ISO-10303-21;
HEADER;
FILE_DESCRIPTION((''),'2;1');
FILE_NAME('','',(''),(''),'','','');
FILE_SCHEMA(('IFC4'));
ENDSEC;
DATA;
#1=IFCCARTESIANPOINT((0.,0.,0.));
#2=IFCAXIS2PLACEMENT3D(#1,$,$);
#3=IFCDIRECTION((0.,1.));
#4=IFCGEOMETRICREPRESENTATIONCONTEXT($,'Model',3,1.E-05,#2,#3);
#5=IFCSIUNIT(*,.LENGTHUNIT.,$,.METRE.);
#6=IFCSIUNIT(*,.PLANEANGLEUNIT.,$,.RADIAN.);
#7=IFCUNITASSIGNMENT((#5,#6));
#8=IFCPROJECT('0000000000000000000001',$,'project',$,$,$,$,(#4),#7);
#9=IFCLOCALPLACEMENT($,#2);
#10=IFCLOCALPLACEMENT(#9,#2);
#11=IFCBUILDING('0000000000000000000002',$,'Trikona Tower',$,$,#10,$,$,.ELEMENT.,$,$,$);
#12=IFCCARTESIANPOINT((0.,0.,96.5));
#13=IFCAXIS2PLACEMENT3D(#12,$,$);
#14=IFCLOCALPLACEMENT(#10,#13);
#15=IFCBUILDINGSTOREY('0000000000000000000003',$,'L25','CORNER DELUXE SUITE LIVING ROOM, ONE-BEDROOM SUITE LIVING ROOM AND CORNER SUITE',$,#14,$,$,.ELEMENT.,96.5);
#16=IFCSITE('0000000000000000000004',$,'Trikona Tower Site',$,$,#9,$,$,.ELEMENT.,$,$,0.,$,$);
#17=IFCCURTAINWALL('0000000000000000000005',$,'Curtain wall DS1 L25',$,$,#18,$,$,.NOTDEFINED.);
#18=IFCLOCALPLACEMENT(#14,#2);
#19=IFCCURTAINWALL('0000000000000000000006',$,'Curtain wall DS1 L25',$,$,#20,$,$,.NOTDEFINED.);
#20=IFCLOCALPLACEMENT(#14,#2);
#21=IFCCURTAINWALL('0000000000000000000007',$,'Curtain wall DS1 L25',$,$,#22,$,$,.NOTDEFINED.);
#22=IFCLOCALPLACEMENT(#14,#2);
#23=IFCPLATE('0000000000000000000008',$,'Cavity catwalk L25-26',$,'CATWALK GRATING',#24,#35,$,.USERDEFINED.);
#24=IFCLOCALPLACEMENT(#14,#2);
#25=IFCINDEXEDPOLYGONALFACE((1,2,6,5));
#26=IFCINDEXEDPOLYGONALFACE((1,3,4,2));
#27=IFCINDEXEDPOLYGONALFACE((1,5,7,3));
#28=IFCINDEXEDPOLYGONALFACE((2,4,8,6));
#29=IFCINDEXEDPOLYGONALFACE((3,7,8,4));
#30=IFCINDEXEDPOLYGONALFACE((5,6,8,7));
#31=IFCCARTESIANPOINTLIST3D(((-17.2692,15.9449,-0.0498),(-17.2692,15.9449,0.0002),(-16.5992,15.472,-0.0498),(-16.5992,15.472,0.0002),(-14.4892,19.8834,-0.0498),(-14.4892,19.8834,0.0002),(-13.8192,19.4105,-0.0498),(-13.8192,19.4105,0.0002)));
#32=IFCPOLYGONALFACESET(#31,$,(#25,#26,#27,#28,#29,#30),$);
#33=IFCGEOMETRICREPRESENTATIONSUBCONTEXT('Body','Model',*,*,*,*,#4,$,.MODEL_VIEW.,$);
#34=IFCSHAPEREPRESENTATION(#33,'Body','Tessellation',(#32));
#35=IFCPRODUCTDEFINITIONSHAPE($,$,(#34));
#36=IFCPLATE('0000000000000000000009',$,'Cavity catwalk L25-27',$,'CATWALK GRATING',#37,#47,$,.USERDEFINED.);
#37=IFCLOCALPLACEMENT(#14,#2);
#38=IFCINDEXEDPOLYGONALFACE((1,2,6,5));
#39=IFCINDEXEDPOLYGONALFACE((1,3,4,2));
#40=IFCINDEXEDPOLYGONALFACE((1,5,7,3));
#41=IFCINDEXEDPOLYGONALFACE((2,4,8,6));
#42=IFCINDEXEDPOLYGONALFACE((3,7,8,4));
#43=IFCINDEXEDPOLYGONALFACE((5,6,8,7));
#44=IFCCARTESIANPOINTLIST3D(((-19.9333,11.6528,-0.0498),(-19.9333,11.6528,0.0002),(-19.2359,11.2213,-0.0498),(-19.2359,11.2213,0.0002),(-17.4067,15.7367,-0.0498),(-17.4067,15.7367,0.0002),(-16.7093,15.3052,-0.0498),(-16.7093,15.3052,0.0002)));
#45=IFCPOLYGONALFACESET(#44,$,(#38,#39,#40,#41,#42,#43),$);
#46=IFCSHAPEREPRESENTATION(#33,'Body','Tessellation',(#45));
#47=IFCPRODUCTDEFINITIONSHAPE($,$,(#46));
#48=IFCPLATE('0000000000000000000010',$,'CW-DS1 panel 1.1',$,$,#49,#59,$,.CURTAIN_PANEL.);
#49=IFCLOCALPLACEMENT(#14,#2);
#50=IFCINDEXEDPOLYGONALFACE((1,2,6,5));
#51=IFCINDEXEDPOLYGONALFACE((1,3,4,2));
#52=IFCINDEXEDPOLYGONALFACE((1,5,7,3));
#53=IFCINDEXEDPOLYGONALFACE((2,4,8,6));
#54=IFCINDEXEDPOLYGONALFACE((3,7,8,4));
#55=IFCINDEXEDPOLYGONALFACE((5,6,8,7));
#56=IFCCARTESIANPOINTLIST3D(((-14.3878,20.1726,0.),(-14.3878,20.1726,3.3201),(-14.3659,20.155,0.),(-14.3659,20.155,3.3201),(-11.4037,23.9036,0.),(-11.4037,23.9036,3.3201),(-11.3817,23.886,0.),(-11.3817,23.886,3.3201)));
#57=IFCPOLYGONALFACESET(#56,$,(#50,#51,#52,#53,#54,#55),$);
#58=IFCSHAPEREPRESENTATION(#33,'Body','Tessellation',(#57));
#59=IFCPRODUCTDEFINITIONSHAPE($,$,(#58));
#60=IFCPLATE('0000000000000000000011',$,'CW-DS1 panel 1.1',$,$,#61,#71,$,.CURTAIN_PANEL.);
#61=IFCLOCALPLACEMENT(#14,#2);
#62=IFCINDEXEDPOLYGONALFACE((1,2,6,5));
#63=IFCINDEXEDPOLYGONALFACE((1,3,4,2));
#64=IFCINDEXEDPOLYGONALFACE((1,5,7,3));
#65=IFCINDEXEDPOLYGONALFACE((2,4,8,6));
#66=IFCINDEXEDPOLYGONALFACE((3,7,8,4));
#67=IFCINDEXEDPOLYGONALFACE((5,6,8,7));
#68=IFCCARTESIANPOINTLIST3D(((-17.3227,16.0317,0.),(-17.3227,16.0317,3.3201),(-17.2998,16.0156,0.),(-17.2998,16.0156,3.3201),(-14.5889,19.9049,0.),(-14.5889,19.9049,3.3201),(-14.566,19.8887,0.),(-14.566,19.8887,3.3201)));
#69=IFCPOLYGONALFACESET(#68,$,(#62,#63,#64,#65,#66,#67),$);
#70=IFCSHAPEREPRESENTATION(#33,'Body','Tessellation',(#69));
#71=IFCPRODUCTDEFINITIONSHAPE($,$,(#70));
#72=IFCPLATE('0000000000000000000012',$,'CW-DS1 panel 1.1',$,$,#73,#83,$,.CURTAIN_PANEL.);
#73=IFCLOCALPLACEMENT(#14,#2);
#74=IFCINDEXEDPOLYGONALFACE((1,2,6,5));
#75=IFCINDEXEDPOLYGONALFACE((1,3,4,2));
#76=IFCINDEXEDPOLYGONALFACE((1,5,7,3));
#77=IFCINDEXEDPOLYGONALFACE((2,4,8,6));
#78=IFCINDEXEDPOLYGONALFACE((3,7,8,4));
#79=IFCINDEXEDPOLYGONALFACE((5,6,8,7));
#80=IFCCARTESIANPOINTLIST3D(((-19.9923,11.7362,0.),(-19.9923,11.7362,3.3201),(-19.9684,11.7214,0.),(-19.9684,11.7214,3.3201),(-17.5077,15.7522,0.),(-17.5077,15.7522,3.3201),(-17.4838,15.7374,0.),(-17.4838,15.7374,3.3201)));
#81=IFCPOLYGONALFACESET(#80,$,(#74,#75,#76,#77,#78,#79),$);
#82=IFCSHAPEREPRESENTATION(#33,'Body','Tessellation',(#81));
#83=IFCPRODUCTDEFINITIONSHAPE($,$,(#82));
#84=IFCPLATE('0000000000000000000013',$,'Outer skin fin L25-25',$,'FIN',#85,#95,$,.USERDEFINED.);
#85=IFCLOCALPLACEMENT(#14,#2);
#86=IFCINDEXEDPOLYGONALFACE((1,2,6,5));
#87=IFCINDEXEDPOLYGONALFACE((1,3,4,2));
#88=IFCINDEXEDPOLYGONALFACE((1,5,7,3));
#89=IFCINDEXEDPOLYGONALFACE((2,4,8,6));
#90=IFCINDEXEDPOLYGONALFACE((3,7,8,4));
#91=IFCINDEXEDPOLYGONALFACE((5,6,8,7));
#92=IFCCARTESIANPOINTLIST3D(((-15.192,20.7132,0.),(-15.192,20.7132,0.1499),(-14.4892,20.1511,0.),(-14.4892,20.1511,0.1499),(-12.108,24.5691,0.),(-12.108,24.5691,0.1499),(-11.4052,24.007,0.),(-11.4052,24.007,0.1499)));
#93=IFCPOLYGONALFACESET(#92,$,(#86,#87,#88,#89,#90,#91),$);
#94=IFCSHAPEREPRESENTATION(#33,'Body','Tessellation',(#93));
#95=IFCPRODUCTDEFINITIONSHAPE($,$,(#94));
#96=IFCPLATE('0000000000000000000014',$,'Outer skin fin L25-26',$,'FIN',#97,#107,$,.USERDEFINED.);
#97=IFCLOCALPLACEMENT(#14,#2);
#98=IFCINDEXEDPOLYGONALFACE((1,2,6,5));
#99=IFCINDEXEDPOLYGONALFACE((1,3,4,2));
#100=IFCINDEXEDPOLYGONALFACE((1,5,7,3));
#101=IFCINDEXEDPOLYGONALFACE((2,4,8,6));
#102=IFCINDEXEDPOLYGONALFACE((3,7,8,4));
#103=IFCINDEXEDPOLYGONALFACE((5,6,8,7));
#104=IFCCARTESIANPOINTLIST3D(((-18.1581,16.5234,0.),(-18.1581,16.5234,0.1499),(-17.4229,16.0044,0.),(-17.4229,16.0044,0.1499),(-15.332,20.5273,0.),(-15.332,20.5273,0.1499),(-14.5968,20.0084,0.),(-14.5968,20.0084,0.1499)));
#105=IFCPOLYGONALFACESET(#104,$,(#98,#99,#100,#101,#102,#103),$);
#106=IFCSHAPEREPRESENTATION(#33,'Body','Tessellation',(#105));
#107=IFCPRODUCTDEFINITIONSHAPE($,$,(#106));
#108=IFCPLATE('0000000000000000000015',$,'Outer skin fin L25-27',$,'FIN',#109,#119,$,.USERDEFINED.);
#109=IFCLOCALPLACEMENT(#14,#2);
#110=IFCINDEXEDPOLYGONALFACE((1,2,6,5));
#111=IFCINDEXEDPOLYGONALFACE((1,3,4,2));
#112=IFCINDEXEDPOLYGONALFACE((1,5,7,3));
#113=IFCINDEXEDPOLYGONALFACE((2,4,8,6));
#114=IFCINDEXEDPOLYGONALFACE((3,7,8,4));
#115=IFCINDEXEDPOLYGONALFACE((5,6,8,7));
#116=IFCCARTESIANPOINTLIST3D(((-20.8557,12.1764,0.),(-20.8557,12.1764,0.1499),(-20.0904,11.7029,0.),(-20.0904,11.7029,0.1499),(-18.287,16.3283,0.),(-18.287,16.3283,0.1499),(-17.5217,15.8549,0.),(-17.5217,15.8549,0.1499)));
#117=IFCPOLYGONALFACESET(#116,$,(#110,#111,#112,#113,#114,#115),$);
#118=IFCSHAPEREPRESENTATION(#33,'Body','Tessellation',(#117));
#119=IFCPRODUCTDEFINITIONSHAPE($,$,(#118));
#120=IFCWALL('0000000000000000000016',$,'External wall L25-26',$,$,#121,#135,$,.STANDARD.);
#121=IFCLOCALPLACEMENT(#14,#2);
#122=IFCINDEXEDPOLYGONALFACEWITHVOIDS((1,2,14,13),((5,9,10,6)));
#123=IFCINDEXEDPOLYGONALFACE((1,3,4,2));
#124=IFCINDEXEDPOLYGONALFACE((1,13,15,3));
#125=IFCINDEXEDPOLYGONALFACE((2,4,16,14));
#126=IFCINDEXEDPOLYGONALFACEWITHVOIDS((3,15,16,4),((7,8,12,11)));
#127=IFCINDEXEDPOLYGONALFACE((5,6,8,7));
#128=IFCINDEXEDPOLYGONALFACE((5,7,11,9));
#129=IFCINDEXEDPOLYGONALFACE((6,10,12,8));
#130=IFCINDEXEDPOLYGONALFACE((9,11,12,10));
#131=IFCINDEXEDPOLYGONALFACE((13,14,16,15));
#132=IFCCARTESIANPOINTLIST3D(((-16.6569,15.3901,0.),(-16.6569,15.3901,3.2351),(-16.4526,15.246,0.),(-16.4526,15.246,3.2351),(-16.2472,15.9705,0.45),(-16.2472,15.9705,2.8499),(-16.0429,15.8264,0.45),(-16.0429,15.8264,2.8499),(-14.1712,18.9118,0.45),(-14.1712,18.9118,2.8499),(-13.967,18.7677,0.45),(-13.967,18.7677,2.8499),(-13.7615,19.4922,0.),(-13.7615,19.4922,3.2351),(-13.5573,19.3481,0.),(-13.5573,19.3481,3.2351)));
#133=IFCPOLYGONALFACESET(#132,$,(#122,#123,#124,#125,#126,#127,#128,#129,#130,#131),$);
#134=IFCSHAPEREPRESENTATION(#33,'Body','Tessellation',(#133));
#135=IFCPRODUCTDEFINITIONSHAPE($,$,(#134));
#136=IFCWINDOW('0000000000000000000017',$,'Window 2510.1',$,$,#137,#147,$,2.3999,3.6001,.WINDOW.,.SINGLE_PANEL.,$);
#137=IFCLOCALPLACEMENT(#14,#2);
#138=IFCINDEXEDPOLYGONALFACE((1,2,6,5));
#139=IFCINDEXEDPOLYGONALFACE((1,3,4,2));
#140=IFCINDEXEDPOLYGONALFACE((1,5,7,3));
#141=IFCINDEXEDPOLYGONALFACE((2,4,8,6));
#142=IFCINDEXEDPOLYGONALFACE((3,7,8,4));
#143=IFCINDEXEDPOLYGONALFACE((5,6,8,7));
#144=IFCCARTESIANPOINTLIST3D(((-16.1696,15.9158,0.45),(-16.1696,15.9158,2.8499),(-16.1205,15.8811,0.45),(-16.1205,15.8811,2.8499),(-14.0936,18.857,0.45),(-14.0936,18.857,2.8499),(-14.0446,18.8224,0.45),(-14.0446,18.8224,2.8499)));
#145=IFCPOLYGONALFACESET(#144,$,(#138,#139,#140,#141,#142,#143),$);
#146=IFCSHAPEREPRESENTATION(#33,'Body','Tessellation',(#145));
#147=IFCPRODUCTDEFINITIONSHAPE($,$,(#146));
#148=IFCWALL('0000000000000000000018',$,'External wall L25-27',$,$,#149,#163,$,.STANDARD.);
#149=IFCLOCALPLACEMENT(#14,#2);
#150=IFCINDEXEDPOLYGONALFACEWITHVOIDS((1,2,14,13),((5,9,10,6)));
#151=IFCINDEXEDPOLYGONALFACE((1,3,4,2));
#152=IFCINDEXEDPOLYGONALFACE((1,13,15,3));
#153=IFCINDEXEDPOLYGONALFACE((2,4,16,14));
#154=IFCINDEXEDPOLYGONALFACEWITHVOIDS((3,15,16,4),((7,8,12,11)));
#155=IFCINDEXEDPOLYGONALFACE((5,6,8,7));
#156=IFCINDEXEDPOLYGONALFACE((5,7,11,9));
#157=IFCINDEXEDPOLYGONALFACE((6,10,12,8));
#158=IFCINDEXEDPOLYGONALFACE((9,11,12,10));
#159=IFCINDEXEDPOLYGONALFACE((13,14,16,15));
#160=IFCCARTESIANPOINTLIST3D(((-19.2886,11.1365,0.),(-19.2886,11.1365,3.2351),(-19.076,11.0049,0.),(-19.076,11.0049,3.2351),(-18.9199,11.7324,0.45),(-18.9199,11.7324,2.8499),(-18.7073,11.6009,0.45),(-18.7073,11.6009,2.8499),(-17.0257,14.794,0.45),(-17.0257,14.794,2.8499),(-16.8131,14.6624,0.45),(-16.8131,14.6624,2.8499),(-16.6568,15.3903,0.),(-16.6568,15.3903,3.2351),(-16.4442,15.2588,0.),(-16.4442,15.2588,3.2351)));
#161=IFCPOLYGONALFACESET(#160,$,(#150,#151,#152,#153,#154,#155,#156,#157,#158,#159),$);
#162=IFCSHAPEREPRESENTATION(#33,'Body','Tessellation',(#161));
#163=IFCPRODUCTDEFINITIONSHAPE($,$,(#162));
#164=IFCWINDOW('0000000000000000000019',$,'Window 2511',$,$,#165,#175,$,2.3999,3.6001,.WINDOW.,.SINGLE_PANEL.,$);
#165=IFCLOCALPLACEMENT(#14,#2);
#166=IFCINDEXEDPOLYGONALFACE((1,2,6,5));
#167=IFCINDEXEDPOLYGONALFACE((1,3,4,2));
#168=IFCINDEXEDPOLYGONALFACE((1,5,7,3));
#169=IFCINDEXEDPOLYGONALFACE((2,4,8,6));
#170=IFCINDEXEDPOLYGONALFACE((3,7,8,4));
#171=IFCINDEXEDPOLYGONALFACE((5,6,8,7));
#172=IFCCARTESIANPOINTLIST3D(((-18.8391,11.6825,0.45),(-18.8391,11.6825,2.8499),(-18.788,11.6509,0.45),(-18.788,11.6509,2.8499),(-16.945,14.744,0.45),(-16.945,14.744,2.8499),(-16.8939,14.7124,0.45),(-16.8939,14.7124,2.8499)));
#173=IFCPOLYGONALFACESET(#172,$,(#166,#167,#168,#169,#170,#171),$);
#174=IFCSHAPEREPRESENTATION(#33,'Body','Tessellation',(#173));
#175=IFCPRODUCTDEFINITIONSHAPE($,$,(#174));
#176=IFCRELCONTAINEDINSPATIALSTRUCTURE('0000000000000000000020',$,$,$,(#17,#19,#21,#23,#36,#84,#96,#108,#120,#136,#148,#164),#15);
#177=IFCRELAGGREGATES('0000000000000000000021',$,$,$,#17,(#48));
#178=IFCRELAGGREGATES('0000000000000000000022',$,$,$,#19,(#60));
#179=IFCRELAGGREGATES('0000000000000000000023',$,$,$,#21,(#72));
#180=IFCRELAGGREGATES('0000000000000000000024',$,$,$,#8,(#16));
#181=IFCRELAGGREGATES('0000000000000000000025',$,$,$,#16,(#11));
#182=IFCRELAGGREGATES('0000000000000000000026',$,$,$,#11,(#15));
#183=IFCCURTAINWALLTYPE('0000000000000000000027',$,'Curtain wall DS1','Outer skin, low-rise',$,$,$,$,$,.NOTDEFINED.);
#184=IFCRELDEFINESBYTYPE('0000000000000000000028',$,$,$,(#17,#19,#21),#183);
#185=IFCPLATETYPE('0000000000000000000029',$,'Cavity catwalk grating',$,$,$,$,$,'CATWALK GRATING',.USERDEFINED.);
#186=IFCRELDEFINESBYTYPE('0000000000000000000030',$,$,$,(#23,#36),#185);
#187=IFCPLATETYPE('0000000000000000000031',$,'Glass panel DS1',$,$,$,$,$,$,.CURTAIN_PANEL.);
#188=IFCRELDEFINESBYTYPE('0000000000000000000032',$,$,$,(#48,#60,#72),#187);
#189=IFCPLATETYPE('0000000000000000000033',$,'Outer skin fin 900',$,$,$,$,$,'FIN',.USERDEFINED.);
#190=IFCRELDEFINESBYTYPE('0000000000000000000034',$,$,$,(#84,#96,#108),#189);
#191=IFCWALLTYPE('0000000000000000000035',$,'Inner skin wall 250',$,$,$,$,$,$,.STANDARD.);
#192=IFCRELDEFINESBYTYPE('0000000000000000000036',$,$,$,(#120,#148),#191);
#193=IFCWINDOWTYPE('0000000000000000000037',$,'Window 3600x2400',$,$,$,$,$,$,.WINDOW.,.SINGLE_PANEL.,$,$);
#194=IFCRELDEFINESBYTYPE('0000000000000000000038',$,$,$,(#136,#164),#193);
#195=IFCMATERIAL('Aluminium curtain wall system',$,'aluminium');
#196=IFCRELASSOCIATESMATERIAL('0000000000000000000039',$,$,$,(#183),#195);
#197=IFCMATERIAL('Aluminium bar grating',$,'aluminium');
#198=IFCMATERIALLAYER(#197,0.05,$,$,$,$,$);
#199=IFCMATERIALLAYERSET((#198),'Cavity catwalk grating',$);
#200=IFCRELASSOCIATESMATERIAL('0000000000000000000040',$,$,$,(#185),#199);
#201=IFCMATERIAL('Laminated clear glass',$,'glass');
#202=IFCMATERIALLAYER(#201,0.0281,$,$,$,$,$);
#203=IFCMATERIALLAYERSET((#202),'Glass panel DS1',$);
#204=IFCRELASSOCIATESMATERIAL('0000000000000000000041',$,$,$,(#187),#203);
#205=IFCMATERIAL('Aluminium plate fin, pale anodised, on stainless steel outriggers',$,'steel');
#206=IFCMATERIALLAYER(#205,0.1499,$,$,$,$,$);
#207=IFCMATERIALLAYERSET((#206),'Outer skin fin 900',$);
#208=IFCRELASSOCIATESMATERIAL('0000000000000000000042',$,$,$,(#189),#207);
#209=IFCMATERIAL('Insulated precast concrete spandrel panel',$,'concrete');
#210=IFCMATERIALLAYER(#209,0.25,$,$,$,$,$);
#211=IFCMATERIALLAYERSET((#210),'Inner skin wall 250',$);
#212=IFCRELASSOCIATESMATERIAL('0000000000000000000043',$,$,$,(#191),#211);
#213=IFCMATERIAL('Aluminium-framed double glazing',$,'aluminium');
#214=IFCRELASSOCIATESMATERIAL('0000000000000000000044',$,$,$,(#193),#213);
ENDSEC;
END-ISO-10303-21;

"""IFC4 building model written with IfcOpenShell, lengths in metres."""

from ifc_helpers import new_model, si_unit, direction, frame, frame_2d, origin, origin_2d, place, context, subcontext, project, spatial, rectangle, extrude, material, layer, layer_set, type_object, element, fill, aggregate, save


model = new_model("IFC4")

# Units and contexts
model_context = context("Model", 3, precision=1e-05, world=origin(), true_north=direction((0.0, 1.0)))
body_context = subcontext(model_context, "Body", "Model", "MODEL_VIEW")
ifc_project = project(units=[si_unit("LENGTHUNIT", "METRE"), si_unit("PLANEANGLEUNIT", "RADIAN")], contexts=[model_context])

# Site, building, storey
site_placement = place(None, origin())
site = spatial("IfcSite", under=ifc_project, at=site_placement, Name="Trikona Tower Site", CompositionType="ELEMENT", RefElevation=0.0)
building_placement = place(site_placement, origin())
building = spatial("IfcBuilding", under=site, at=building_placement, Name="Trikona Tower", CompositionType="ELEMENT")
storey_placement = place(building_placement, frame((0.0, 0.0, 96.5)))
storey = spatial("IfcBuildingStorey", under=building, at=storey_placement, Name="L25", Description="CORNER DELUXE SUITE LIVING ROOM, ONE-BEDROOM SUITE LIVING ROOM AND CORNER SUITE", CompositionType="ELEMENT", Elevation=96.5)

# Shared definitions
ifc_material_1 = material(Name="Aluminium curtain wall system", Category="aluminium")
curtain_wall_type = type_object("IfcCurtainWallType", Name="Curtain wall DS1", Description="Outer skin, low-rise", PredefinedType="NOTDEFINED", material=ifc_material_1)

# Curtain walls
curtain_wall_1_placement = place(storey_placement, origin())
curtain_wall_1 = element("IfcCurtainWall", 1, at=curtain_wall_1_placement, inside=storey, type_object=curtain_wall_type, Name="Curtain wall DS1 L25", PredefinedType="NOTDEFINED")
curtain_wall_2_placement = place(storey_placement, origin())
curtain_wall_2 = element("IfcCurtainWall", 2, at=curtain_wall_2_placement, inside=storey, type_object=curtain_wall_type, Name="Curtain wall DS1 L25", PredefinedType="NOTDEFINED")

# Curtain wall
curtain_wall_3_placement = place(storey_placement, origin())
curtain_wall_3 = element("IfcCurtainWall", 3, at=curtain_wall_3_placement, inside=storey, type_object=curtain_wall_type, Name="Curtain wall DS1 L25", PredefinedType="NOTDEFINED")

# Plates
ifc_material_2 = material(Name="Aluminium bar grating", Category="aluminium")
ifc_layer_1 = layer(ifc_material_2, 0.05)
ifc_layer_set_1 = layer_set([ifc_layer_1], Name="Cavity catwalk grating")
plate_type_1 = type_object("IfcPlateType", Name="Cavity catwalk grating", ElementType="CATWALK GRATING", PredefinedType="USERDEFINED", material=ifc_layer_set_1)
plate_1_placement = place(storey_placement, frame((-15.5442, 17.6777, -0.0498), z_axis=(0.0, 0.0, 1.0), x_axis=(-0.576662, -0.816983, 0.0)))
element("IfcPlate", 4, at=plate_1_placement, inside=storey, type_object=plate_type_1, Name="Cavity catwalk L25-26", ObjectType="CATWALK GRATING", PredefinedType="USERDEFINED", context=body_context, shape_type="SweptSolid", body=[
    extrude(rectangle(XDim=4.8208, YDim=0.8201, at=origin_2d()), origin(), (0.0, 0.0, 1.0), 0.05),
])
plate_2_placement = place(storey_placement, frame((-18.3213, 13.479, -0.0498), z_axis=(0.0, 0.0, 1.0), x_axis=(-0.526119, -0.850411, 0.0)))
element("IfcPlate", 5, at=plate_2_placement, inside=storey, type_object=plate_type_1, Name="Cavity catwalk L25-27", ObjectType="CATWALK GRATING", PredefinedType="USERDEFINED", context=body_context, shape_type="SweptSolid", body=[
    extrude(rectangle(XDim=4.8022, YDim=0.8201, at=origin_2d()), origin(), (0.0, 0.0, 1.0), 0.05),
])

# Plates
ifc_material_3 = material(Name="Laminated clear glass", Category="glass")
ifc_layer_2 = layer(ifc_material_3, 0.0281)
ifc_layer_set_2 = layer_set([ifc_layer_2], Name="Glass panel DS1")
plate_type_2 = type_object("IfcPlateType", Name="Glass panel DS1", PredefinedType="CURTAIN_PANEL", material=ifc_layer_set_2)
plate_3_placement = place(storey_placement, frame((-12.8848, 22.0293, 0.0), z_axis=(0.0, 0.0, 1.0), x_axis=(-0.624609, -0.780938, 0.0)))
plate_3 = element("IfcPlate", 6, at=plate_3_placement, type_object=plate_type_2, Name="CW-DS1 panel 1.1", PredefinedType="CURTAIN_PANEL", context=body_context, shape_type="SweptSolid", body=[
    extrude(rectangle(XDim=4.7776, YDim=0.0281, at=origin_2d()), origin(), (0.0, 0.0, 1.0), 3.3201),
])
aggregate(curtain_wall_1, [plate_3])
plate_4_placement = place(storey_placement, frame((-15.9443, 17.9602, 0.0), z_axis=(0.0, 0.0, 1.0), x_axis=(-0.576658, -0.816985, 0.0)))
plate_4 = element("IfcPlate", 7, at=plate_4_placement, type_object=plate_type_2, Name="CW-DS1 panel 1.1", PredefinedType="CURTAIN_PANEL", context=body_context, shape_type="SweptSolid", body=[
    extrude(rectangle(XDim=4.7407, YDim=0.0281, at=origin_2d()), origin(), (0.0, 0.0, 1.0), 3.3201),
])
aggregate(curtain_wall_2, [plate_4])
plate_5_placement = place(storey_placement, frame((-18.738, 13.7368, 0.0), z_axis=(0.0, 0.0, 1.0), x_axis=(-0.52612, -0.85041, 0.0)))
plate_5 = element("IfcPlate", 8, at=plate_5_placement, type_object=plate_type_2, Name="CW-DS1 panel 1.1", PredefinedType="CURTAIN_PANEL", context=body_context, shape_type="SweptSolid", body=[
    extrude(rectangle(XDim=4.7224, YDim=0.0281, at=origin_2d()), origin(), (0.0, 0.0, 1.0), 3.3201),
])
aggregate(curtain_wall_3, [plate_5])

# Plates
ifc_material_4 = material(Name="Aluminium plate fin, pale anodised, on stainless steel outriggers", Category="steel")
ifc_layer_3 = layer(ifc_material_4, 0.1499)
ifc_layer_set_3 = layer_set([ifc_layer_3], Name="Outer skin fin 900")
plate_type_3 = type_object("IfcPlateType", Name="Outer skin fin 900", ElementType="FIN", PredefinedType="USERDEFINED", material=ifc_layer_set_3)
plate_6_placement = place(storey_placement, frame((-13.2986, 22.3601, 0.0), z_axis=(0.0, 0.0, 1.0), x_axis=(-0.624604, -0.780942, 0.0)))
element("IfcPlate", 9, at=plate_6_placement, inside=storey, type_object=plate_type_3, Name="Outer skin fin L25-25", ObjectType="FIN", PredefinedType="USERDEFINED", context=body_context, shape_type="SweptSolid", body=[
    extrude(rectangle(XDim=4.9375, YDim=0.8999, at=origin_2d()), origin(), (0.0, 0.0, 1.0), 0.1499),
])
plate_7_placement = place(storey_placement, frame((-16.3774, 18.2659, 0.0), z_axis=(0.0, 0.0, 1.0), x_axis=(-0.576662, -0.816983, 0.0)))
element("IfcPlate", 10, at=plate_7_placement, inside=storey, type_object=plate_type_3, Name="Outer skin fin L25-26", ObjectType="FIN", PredefinedType="USERDEFINED", context=body_context, shape_type="SweptSolid", body=[
    extrude(rectangle(XDim=4.9009, YDim=0.8999, at=origin_2d()), origin(), (0.0, 0.0, 1.0), 0.1499),
])
plate_8_placement = place(storey_placement, frame((-19.1887, 14.0156, 0.0), z_axis=(0.0, 0.0, 1.0), x_axis=(-0.526119, -0.850411, 0.0)))
element("IfcPlate", 11, at=plate_8_placement, inside=storey, type_object=plate_type_3, Name="Outer skin fin L25-27", ObjectType="FIN", PredefinedType="USERDEFINED", context=body_context, shape_type="SweptSolid", body=[
    extrude(rectangle(XDim=4.8823, YDim=0.8999, at=origin_2d()), origin(), (0.0, 0.0, 1.0), 0.1499),
])

# Walls, openings, windows
ifc_material_5 = material(Name="Insulated precast concrete spandrel panel", Category="concrete")
ifc_layer_4 = layer(ifc_material_5, 0.25)
ifc_layer_set_4 = layer_set([ifc_layer_4], Name="Inner skin wall 250")
wall_type = type_object("IfcWallType", Name="Inner skin wall 250", PredefinedType="STANDARD", material=ifc_layer_set_4)
wall_1_placement = place(storey_placement, frame((-13.6594, 19.4202, 0.0), z_axis=(0.0, 0.0, 1.0), x_axis=(-0.576643, -0.816996, 0.0)))
wall_1 = element("IfcWall", 12, at=wall_1_placement, inside=storey, type_object=wall_type, Name="External wall L25-26", PredefinedType="STANDARD", context=body_context, shape_type="SweptSolid", body=[
    extrude(rectangle(XDim=5.021, YDim=0.25, at=frame_2d((2.5105, 0.0))), origin(), (0.0, 0.0, 1.0), 3.2351),
])
opening_1_placement = place(wall_1_placement, frame((0.7104, 0.0, 0.45)))
opening_1 = element("IfcOpeningElement", 13, at=opening_1_placement, cuts=wall_1, PredefinedType="OPENING", context=body_context, shape_type="SweptSolid", body=[
    extrude(rectangle(XDim=3.6001, YDim=2.3999, at=frame_2d((1.8, 1.2))), frame((0.0, 0.135, 0.0), z_axis=(0.0, -1.0, 0.0), x_axis=(1.0, 0.0, 0.0)), (0.0, 0.0, 1.0), 0.27),
])
ifc_material_6 = material(Name="Aluminium-framed double glazing", Category="aluminium")
window_type = type_object("IfcWindowType", Name="Window 3600x2400", PartitioningType="SINGLE_PANEL", PredefinedType="WINDOW", material=ifc_material_6)
window_1_placement = place(opening_1_placement, origin())
window_1 = element("IfcWindow", 14, at=window_1_placement, inside=storey, type_object=window_type, Name="Window 2510.1", OverallHeight=2.3999, OverallWidth=3.6001, PartitioningType="SINGLE_PANEL", PredefinedType="WINDOW", context=body_context, shape_type="SweptSolid", body=[
    extrude(rectangle(XDim=3.6001, YDim=2.3999, at=frame_2d((1.8, 1.2))), frame((0.0, 0.03, 0.0), z_axis=(0.0, -1.0, 0.0), x_axis=(1.0, 0.0, 0.0)), (0.0, 0.0, 1.0), 0.0601),
])
fill(opening_1, window_1)
wall_2_placement = place(storey_placement, frame((-16.5505, 15.3245, 0.0), z_axis=(0.0, 0.0, 1.0), x_axis=(-0.526133, -0.850402, 0.0)))
wall_2 = element("IfcWall", 15, at=wall_2_placement, inside=storey, type_object=wall_type, Name="External wall L25-27", PredefinedType="STANDARD", context=body_context, shape_type="SweptSolid", body=[
    extrude(rectangle(XDim=5.0022, YDim=0.25, at=frame_2d((2.501, 0.0))), origin(), (0.0, 0.0, 1.0), 3.2351),
])
opening_2_placement = place(wall_2_placement, frame((0.7012, 0.0, 0.45)))
opening_2 = element("IfcOpeningElement", 16, at=opening_2_placement, cuts=wall_2, PredefinedType="OPENING", context=body_context, shape_type="SweptSolid", body=[
    extrude(rectangle(XDim=3.6001, YDim=2.3999, at=frame_2d((1.8, 1.2))), frame((0.0, 0.135, 0.0), z_axis=(0.0, -1.0, 0.0), x_axis=(1.0, 0.0, 0.0)), (0.0, 0.0, 1.0), 0.27),
])
window_2_placement = place(opening_2_placement, origin())
window_2 = element("IfcWindow", 17, at=window_2_placement, inside=storey, type_object=window_type, Name="Window 2511", OverallHeight=2.3999, OverallWidth=3.6001, PartitioningType="SINGLE_PANEL", PredefinedType="WINDOW", context=body_context, shape_type="SweptSolid", body=[
    extrude(rectangle(XDim=3.6001, YDim=2.3999, at=frame_2d((1.8, 1.2))), frame((0.0, 0.03, 0.0), z_axis=(0.0, -1.0, 0.0), x_axis=(1.0, 0.0, 0.0)), (0.0, 0.0, 1.0), 0.0601),
])
fill(opening_2, window_2)

save(model, "model.ifc")
